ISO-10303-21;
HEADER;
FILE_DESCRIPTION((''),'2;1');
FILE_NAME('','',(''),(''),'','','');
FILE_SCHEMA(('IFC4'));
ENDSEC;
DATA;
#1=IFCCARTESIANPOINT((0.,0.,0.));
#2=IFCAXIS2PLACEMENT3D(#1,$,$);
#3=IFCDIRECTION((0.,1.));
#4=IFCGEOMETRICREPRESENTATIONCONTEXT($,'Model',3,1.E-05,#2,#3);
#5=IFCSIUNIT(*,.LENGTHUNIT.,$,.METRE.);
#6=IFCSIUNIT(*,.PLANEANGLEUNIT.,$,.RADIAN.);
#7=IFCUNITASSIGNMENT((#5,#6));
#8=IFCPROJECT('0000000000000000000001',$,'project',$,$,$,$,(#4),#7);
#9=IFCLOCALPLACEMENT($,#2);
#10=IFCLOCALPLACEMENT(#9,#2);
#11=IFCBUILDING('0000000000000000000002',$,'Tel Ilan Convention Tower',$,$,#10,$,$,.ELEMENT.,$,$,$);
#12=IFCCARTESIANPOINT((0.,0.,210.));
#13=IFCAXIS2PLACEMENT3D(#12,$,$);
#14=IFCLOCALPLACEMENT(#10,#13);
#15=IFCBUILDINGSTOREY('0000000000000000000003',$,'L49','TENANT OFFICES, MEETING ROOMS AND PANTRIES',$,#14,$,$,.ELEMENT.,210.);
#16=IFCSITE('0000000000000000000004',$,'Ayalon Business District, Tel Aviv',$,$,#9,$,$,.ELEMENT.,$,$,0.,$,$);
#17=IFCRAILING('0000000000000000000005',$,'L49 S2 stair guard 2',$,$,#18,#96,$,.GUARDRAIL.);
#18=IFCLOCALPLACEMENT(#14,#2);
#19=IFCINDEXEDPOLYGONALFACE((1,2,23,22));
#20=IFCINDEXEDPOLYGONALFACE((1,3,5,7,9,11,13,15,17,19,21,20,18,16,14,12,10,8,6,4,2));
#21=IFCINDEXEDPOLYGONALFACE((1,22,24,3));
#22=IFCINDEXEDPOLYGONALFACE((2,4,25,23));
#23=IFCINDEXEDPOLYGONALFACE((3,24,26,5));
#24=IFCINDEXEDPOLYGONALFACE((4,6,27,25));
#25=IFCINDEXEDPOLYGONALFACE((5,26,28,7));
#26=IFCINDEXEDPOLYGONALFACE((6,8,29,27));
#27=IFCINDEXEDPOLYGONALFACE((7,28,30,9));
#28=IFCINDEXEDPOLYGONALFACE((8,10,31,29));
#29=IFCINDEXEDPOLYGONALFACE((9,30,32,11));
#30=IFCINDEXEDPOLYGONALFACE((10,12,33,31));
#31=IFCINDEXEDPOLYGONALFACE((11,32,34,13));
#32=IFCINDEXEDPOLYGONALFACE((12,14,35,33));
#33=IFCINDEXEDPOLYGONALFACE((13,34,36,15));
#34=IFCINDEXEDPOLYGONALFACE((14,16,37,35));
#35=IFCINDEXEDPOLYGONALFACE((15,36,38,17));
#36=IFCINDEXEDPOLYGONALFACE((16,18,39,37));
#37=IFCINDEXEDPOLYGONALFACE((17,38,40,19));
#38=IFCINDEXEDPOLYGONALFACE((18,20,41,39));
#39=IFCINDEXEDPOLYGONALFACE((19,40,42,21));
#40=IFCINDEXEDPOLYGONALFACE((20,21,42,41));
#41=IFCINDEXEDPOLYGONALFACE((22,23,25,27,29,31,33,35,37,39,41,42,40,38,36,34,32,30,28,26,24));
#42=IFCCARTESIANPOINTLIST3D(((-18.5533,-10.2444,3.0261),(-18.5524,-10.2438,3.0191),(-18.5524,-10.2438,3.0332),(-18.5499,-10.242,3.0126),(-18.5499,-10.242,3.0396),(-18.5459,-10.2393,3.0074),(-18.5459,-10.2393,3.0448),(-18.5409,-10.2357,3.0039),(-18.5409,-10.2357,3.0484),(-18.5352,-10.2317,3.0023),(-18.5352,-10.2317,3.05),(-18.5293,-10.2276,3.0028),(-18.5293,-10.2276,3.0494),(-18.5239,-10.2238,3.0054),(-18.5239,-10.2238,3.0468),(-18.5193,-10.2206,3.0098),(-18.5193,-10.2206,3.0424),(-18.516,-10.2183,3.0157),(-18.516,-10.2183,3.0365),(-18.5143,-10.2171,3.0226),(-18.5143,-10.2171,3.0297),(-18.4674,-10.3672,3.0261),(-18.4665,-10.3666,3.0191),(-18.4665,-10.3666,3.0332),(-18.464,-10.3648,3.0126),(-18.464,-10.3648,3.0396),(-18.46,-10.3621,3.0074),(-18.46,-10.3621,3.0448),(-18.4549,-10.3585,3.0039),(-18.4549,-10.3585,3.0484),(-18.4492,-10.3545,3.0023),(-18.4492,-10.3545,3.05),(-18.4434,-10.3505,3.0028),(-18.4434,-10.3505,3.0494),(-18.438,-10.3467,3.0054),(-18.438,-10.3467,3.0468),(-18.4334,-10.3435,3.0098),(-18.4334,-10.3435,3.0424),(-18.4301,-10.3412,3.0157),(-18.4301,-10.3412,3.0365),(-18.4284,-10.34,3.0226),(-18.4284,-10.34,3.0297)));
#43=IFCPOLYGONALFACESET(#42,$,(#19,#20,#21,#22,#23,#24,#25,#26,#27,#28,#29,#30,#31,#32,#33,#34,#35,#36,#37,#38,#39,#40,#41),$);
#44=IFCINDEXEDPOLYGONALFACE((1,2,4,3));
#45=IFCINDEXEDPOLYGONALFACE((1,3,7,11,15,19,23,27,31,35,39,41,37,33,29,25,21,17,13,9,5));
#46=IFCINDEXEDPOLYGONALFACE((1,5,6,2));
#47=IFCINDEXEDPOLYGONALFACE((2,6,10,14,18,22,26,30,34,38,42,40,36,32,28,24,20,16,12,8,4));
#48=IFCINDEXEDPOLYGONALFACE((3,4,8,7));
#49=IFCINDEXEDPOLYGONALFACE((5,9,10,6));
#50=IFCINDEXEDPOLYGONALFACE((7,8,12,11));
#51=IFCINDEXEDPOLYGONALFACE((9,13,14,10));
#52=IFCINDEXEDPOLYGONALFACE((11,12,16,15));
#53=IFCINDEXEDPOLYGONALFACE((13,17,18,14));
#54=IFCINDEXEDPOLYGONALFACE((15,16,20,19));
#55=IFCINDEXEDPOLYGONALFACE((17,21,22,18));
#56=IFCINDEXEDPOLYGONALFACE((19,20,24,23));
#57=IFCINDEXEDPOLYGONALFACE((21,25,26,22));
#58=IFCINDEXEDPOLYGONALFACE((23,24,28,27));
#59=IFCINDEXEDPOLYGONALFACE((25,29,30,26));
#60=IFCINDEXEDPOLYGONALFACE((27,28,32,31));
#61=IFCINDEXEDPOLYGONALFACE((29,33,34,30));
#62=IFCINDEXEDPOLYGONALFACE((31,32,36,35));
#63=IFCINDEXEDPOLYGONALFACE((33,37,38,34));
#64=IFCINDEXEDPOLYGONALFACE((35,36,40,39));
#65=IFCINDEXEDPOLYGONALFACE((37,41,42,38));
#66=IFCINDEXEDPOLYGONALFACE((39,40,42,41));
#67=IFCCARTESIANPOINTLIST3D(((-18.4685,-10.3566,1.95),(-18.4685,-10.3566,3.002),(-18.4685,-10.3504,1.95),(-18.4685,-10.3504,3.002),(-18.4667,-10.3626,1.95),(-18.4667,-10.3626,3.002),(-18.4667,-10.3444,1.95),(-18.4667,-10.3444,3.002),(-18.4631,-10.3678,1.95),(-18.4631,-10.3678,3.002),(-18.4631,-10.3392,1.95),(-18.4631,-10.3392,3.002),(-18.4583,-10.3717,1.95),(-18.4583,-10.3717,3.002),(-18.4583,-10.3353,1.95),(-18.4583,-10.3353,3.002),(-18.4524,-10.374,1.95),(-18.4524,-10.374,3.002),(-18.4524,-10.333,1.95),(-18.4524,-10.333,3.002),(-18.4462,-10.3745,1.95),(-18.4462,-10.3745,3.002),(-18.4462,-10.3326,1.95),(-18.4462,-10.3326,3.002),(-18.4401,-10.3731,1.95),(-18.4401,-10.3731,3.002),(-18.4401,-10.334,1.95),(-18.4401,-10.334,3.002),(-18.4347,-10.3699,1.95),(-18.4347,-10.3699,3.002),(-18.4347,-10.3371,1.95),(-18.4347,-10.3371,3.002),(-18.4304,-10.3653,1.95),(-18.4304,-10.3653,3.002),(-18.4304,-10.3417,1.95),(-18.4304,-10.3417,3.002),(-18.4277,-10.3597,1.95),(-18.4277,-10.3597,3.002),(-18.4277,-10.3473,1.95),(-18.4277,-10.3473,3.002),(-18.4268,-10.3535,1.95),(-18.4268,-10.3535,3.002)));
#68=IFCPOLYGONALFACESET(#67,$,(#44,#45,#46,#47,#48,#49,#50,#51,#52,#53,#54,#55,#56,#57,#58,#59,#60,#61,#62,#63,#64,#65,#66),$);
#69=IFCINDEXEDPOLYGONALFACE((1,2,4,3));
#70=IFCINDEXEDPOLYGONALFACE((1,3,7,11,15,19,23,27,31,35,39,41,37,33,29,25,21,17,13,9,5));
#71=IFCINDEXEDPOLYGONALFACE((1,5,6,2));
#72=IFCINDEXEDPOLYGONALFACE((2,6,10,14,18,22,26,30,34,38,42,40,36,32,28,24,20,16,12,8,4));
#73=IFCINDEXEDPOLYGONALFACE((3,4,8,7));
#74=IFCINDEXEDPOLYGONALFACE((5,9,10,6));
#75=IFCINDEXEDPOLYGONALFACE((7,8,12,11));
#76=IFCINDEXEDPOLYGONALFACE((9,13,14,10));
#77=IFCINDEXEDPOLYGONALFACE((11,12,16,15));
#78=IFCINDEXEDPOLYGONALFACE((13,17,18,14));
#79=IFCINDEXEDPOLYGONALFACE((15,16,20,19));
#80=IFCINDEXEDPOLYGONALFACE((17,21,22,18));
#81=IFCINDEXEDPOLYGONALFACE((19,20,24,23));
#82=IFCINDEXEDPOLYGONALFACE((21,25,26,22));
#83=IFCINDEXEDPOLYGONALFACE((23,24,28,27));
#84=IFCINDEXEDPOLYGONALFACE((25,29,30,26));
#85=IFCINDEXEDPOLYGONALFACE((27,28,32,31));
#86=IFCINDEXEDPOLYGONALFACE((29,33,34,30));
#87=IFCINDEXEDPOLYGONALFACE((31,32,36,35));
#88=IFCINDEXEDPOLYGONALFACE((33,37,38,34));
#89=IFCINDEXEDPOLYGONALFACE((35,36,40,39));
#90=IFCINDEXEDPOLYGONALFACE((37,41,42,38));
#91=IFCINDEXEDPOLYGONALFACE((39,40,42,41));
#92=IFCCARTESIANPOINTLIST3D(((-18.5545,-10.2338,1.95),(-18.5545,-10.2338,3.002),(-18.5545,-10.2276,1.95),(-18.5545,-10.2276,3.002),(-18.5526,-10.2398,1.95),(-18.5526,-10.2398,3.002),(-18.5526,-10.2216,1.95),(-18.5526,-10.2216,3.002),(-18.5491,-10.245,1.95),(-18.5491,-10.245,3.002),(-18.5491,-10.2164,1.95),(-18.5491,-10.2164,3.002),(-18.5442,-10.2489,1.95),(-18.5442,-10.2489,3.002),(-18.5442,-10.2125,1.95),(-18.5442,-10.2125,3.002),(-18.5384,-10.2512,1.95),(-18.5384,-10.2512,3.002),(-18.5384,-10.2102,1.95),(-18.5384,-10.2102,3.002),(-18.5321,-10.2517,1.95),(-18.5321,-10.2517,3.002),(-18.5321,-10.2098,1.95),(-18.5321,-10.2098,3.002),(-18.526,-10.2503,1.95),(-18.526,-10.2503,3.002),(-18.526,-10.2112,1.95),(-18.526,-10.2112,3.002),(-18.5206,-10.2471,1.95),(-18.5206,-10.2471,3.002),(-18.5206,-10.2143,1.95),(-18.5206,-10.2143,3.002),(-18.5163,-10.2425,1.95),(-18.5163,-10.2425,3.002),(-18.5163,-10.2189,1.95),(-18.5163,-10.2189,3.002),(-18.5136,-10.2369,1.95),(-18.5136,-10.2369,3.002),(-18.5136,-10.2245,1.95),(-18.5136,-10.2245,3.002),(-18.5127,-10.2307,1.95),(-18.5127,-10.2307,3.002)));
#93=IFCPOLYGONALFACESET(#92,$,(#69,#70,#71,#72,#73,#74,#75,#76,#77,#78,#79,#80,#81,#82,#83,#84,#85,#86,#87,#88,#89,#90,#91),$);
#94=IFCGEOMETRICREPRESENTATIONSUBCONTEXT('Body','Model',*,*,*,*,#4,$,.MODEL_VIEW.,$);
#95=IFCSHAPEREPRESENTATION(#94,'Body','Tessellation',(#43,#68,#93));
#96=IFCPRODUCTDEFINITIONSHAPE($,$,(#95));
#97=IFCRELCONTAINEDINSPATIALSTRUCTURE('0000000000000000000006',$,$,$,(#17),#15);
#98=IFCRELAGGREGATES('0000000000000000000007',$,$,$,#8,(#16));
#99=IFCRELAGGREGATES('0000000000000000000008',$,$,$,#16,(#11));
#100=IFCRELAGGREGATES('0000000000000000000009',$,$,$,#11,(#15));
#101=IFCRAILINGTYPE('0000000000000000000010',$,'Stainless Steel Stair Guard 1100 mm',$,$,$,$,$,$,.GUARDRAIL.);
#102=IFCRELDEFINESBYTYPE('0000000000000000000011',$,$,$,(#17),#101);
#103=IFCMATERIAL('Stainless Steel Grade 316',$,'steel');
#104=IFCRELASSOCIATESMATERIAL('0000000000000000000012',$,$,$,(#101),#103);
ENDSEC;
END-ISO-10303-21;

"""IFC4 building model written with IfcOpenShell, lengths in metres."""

from ifc_helpers import new_model, si_unit, direction, frame, origin, origin_2d, place, context, subcontext, project, spatial, circle, extrude, material, type_object, element, save


model = new_model("IFC4")

# Units and contexts
model_context = context("Model", 3, precision=1e-05, world=origin(), true_north=direction((0.0, 1.0)))
body_context = subcontext(model_context, "Body", "Model", "MODEL_VIEW")
ifc_project = project(units=[si_unit("LENGTHUNIT", "METRE"), si_unit("PLANEANGLEUNIT", "RADIAN")], contexts=[model_context])

# Site, building, storey
site_placement = place(None, origin())
site = spatial("IfcSite", under=ifc_project, at=site_placement, Name="Ayalon Business District, Tel Aviv", CompositionType="ELEMENT", RefElevation=0.0)
building_placement = place(site_placement, origin())
building = spatial("IfcBuilding", under=site, at=building_placement, Name="Tel Ilan Convention Tower", CompositionType="ELEMENT")
storey_placement = place(building_placement, frame((0.0, 0.0, 210.0)))
storey = spatial("IfcBuildingStorey", under=building, at=storey_placement, Name="L49", Description="TENANT OFFICES, MEETING ROOMS AND PANTRIES", CompositionType="ELEMENT", Elevation=210.0)

# Railing
ifc_material_1 = material(Name="Stainless Steel Grade 316", Category="steel")
railing_type_1 = type_object("IfcRailingType", Name="Stainless Steel Stair Guard 1100 mm", PredefinedType="GUARDRAIL", material=ifc_material_1)
railing_1_placement = place(storey_placement, frame((-18.4478, -10.3535, 1.95)))
element("IfcRailing", 1, at=railing_1_placement, inside=storey, type_object=railing_type_1, Name="L49 S2 stair guard 2", PredefinedType="GUARDRAIL", context=body_context, shape_type="SweptSolid", body=[
    extrude(circle(Radius=0.0239, at=origin_2d()), frame((0.0, 0.0, 1.0762), z_axis=(-0.573353, 0.819308, 0.0), x_axis=(-0.819308, -0.573353, 0.0)), (0.0, 0.0, 1.0), 0.1499),
    extrude(circle(Radius=0.021, at=origin_2d()), origin(), (0.0, 0.0, 1.0), 1.052),
    extrude(circle(Radius=0.021, at=origin_2d()), frame((-0.0859, 0.1228, 0.0)), (0.0, 0.0, 1.0), 1.052),
])

save(model, "model.ifc")
